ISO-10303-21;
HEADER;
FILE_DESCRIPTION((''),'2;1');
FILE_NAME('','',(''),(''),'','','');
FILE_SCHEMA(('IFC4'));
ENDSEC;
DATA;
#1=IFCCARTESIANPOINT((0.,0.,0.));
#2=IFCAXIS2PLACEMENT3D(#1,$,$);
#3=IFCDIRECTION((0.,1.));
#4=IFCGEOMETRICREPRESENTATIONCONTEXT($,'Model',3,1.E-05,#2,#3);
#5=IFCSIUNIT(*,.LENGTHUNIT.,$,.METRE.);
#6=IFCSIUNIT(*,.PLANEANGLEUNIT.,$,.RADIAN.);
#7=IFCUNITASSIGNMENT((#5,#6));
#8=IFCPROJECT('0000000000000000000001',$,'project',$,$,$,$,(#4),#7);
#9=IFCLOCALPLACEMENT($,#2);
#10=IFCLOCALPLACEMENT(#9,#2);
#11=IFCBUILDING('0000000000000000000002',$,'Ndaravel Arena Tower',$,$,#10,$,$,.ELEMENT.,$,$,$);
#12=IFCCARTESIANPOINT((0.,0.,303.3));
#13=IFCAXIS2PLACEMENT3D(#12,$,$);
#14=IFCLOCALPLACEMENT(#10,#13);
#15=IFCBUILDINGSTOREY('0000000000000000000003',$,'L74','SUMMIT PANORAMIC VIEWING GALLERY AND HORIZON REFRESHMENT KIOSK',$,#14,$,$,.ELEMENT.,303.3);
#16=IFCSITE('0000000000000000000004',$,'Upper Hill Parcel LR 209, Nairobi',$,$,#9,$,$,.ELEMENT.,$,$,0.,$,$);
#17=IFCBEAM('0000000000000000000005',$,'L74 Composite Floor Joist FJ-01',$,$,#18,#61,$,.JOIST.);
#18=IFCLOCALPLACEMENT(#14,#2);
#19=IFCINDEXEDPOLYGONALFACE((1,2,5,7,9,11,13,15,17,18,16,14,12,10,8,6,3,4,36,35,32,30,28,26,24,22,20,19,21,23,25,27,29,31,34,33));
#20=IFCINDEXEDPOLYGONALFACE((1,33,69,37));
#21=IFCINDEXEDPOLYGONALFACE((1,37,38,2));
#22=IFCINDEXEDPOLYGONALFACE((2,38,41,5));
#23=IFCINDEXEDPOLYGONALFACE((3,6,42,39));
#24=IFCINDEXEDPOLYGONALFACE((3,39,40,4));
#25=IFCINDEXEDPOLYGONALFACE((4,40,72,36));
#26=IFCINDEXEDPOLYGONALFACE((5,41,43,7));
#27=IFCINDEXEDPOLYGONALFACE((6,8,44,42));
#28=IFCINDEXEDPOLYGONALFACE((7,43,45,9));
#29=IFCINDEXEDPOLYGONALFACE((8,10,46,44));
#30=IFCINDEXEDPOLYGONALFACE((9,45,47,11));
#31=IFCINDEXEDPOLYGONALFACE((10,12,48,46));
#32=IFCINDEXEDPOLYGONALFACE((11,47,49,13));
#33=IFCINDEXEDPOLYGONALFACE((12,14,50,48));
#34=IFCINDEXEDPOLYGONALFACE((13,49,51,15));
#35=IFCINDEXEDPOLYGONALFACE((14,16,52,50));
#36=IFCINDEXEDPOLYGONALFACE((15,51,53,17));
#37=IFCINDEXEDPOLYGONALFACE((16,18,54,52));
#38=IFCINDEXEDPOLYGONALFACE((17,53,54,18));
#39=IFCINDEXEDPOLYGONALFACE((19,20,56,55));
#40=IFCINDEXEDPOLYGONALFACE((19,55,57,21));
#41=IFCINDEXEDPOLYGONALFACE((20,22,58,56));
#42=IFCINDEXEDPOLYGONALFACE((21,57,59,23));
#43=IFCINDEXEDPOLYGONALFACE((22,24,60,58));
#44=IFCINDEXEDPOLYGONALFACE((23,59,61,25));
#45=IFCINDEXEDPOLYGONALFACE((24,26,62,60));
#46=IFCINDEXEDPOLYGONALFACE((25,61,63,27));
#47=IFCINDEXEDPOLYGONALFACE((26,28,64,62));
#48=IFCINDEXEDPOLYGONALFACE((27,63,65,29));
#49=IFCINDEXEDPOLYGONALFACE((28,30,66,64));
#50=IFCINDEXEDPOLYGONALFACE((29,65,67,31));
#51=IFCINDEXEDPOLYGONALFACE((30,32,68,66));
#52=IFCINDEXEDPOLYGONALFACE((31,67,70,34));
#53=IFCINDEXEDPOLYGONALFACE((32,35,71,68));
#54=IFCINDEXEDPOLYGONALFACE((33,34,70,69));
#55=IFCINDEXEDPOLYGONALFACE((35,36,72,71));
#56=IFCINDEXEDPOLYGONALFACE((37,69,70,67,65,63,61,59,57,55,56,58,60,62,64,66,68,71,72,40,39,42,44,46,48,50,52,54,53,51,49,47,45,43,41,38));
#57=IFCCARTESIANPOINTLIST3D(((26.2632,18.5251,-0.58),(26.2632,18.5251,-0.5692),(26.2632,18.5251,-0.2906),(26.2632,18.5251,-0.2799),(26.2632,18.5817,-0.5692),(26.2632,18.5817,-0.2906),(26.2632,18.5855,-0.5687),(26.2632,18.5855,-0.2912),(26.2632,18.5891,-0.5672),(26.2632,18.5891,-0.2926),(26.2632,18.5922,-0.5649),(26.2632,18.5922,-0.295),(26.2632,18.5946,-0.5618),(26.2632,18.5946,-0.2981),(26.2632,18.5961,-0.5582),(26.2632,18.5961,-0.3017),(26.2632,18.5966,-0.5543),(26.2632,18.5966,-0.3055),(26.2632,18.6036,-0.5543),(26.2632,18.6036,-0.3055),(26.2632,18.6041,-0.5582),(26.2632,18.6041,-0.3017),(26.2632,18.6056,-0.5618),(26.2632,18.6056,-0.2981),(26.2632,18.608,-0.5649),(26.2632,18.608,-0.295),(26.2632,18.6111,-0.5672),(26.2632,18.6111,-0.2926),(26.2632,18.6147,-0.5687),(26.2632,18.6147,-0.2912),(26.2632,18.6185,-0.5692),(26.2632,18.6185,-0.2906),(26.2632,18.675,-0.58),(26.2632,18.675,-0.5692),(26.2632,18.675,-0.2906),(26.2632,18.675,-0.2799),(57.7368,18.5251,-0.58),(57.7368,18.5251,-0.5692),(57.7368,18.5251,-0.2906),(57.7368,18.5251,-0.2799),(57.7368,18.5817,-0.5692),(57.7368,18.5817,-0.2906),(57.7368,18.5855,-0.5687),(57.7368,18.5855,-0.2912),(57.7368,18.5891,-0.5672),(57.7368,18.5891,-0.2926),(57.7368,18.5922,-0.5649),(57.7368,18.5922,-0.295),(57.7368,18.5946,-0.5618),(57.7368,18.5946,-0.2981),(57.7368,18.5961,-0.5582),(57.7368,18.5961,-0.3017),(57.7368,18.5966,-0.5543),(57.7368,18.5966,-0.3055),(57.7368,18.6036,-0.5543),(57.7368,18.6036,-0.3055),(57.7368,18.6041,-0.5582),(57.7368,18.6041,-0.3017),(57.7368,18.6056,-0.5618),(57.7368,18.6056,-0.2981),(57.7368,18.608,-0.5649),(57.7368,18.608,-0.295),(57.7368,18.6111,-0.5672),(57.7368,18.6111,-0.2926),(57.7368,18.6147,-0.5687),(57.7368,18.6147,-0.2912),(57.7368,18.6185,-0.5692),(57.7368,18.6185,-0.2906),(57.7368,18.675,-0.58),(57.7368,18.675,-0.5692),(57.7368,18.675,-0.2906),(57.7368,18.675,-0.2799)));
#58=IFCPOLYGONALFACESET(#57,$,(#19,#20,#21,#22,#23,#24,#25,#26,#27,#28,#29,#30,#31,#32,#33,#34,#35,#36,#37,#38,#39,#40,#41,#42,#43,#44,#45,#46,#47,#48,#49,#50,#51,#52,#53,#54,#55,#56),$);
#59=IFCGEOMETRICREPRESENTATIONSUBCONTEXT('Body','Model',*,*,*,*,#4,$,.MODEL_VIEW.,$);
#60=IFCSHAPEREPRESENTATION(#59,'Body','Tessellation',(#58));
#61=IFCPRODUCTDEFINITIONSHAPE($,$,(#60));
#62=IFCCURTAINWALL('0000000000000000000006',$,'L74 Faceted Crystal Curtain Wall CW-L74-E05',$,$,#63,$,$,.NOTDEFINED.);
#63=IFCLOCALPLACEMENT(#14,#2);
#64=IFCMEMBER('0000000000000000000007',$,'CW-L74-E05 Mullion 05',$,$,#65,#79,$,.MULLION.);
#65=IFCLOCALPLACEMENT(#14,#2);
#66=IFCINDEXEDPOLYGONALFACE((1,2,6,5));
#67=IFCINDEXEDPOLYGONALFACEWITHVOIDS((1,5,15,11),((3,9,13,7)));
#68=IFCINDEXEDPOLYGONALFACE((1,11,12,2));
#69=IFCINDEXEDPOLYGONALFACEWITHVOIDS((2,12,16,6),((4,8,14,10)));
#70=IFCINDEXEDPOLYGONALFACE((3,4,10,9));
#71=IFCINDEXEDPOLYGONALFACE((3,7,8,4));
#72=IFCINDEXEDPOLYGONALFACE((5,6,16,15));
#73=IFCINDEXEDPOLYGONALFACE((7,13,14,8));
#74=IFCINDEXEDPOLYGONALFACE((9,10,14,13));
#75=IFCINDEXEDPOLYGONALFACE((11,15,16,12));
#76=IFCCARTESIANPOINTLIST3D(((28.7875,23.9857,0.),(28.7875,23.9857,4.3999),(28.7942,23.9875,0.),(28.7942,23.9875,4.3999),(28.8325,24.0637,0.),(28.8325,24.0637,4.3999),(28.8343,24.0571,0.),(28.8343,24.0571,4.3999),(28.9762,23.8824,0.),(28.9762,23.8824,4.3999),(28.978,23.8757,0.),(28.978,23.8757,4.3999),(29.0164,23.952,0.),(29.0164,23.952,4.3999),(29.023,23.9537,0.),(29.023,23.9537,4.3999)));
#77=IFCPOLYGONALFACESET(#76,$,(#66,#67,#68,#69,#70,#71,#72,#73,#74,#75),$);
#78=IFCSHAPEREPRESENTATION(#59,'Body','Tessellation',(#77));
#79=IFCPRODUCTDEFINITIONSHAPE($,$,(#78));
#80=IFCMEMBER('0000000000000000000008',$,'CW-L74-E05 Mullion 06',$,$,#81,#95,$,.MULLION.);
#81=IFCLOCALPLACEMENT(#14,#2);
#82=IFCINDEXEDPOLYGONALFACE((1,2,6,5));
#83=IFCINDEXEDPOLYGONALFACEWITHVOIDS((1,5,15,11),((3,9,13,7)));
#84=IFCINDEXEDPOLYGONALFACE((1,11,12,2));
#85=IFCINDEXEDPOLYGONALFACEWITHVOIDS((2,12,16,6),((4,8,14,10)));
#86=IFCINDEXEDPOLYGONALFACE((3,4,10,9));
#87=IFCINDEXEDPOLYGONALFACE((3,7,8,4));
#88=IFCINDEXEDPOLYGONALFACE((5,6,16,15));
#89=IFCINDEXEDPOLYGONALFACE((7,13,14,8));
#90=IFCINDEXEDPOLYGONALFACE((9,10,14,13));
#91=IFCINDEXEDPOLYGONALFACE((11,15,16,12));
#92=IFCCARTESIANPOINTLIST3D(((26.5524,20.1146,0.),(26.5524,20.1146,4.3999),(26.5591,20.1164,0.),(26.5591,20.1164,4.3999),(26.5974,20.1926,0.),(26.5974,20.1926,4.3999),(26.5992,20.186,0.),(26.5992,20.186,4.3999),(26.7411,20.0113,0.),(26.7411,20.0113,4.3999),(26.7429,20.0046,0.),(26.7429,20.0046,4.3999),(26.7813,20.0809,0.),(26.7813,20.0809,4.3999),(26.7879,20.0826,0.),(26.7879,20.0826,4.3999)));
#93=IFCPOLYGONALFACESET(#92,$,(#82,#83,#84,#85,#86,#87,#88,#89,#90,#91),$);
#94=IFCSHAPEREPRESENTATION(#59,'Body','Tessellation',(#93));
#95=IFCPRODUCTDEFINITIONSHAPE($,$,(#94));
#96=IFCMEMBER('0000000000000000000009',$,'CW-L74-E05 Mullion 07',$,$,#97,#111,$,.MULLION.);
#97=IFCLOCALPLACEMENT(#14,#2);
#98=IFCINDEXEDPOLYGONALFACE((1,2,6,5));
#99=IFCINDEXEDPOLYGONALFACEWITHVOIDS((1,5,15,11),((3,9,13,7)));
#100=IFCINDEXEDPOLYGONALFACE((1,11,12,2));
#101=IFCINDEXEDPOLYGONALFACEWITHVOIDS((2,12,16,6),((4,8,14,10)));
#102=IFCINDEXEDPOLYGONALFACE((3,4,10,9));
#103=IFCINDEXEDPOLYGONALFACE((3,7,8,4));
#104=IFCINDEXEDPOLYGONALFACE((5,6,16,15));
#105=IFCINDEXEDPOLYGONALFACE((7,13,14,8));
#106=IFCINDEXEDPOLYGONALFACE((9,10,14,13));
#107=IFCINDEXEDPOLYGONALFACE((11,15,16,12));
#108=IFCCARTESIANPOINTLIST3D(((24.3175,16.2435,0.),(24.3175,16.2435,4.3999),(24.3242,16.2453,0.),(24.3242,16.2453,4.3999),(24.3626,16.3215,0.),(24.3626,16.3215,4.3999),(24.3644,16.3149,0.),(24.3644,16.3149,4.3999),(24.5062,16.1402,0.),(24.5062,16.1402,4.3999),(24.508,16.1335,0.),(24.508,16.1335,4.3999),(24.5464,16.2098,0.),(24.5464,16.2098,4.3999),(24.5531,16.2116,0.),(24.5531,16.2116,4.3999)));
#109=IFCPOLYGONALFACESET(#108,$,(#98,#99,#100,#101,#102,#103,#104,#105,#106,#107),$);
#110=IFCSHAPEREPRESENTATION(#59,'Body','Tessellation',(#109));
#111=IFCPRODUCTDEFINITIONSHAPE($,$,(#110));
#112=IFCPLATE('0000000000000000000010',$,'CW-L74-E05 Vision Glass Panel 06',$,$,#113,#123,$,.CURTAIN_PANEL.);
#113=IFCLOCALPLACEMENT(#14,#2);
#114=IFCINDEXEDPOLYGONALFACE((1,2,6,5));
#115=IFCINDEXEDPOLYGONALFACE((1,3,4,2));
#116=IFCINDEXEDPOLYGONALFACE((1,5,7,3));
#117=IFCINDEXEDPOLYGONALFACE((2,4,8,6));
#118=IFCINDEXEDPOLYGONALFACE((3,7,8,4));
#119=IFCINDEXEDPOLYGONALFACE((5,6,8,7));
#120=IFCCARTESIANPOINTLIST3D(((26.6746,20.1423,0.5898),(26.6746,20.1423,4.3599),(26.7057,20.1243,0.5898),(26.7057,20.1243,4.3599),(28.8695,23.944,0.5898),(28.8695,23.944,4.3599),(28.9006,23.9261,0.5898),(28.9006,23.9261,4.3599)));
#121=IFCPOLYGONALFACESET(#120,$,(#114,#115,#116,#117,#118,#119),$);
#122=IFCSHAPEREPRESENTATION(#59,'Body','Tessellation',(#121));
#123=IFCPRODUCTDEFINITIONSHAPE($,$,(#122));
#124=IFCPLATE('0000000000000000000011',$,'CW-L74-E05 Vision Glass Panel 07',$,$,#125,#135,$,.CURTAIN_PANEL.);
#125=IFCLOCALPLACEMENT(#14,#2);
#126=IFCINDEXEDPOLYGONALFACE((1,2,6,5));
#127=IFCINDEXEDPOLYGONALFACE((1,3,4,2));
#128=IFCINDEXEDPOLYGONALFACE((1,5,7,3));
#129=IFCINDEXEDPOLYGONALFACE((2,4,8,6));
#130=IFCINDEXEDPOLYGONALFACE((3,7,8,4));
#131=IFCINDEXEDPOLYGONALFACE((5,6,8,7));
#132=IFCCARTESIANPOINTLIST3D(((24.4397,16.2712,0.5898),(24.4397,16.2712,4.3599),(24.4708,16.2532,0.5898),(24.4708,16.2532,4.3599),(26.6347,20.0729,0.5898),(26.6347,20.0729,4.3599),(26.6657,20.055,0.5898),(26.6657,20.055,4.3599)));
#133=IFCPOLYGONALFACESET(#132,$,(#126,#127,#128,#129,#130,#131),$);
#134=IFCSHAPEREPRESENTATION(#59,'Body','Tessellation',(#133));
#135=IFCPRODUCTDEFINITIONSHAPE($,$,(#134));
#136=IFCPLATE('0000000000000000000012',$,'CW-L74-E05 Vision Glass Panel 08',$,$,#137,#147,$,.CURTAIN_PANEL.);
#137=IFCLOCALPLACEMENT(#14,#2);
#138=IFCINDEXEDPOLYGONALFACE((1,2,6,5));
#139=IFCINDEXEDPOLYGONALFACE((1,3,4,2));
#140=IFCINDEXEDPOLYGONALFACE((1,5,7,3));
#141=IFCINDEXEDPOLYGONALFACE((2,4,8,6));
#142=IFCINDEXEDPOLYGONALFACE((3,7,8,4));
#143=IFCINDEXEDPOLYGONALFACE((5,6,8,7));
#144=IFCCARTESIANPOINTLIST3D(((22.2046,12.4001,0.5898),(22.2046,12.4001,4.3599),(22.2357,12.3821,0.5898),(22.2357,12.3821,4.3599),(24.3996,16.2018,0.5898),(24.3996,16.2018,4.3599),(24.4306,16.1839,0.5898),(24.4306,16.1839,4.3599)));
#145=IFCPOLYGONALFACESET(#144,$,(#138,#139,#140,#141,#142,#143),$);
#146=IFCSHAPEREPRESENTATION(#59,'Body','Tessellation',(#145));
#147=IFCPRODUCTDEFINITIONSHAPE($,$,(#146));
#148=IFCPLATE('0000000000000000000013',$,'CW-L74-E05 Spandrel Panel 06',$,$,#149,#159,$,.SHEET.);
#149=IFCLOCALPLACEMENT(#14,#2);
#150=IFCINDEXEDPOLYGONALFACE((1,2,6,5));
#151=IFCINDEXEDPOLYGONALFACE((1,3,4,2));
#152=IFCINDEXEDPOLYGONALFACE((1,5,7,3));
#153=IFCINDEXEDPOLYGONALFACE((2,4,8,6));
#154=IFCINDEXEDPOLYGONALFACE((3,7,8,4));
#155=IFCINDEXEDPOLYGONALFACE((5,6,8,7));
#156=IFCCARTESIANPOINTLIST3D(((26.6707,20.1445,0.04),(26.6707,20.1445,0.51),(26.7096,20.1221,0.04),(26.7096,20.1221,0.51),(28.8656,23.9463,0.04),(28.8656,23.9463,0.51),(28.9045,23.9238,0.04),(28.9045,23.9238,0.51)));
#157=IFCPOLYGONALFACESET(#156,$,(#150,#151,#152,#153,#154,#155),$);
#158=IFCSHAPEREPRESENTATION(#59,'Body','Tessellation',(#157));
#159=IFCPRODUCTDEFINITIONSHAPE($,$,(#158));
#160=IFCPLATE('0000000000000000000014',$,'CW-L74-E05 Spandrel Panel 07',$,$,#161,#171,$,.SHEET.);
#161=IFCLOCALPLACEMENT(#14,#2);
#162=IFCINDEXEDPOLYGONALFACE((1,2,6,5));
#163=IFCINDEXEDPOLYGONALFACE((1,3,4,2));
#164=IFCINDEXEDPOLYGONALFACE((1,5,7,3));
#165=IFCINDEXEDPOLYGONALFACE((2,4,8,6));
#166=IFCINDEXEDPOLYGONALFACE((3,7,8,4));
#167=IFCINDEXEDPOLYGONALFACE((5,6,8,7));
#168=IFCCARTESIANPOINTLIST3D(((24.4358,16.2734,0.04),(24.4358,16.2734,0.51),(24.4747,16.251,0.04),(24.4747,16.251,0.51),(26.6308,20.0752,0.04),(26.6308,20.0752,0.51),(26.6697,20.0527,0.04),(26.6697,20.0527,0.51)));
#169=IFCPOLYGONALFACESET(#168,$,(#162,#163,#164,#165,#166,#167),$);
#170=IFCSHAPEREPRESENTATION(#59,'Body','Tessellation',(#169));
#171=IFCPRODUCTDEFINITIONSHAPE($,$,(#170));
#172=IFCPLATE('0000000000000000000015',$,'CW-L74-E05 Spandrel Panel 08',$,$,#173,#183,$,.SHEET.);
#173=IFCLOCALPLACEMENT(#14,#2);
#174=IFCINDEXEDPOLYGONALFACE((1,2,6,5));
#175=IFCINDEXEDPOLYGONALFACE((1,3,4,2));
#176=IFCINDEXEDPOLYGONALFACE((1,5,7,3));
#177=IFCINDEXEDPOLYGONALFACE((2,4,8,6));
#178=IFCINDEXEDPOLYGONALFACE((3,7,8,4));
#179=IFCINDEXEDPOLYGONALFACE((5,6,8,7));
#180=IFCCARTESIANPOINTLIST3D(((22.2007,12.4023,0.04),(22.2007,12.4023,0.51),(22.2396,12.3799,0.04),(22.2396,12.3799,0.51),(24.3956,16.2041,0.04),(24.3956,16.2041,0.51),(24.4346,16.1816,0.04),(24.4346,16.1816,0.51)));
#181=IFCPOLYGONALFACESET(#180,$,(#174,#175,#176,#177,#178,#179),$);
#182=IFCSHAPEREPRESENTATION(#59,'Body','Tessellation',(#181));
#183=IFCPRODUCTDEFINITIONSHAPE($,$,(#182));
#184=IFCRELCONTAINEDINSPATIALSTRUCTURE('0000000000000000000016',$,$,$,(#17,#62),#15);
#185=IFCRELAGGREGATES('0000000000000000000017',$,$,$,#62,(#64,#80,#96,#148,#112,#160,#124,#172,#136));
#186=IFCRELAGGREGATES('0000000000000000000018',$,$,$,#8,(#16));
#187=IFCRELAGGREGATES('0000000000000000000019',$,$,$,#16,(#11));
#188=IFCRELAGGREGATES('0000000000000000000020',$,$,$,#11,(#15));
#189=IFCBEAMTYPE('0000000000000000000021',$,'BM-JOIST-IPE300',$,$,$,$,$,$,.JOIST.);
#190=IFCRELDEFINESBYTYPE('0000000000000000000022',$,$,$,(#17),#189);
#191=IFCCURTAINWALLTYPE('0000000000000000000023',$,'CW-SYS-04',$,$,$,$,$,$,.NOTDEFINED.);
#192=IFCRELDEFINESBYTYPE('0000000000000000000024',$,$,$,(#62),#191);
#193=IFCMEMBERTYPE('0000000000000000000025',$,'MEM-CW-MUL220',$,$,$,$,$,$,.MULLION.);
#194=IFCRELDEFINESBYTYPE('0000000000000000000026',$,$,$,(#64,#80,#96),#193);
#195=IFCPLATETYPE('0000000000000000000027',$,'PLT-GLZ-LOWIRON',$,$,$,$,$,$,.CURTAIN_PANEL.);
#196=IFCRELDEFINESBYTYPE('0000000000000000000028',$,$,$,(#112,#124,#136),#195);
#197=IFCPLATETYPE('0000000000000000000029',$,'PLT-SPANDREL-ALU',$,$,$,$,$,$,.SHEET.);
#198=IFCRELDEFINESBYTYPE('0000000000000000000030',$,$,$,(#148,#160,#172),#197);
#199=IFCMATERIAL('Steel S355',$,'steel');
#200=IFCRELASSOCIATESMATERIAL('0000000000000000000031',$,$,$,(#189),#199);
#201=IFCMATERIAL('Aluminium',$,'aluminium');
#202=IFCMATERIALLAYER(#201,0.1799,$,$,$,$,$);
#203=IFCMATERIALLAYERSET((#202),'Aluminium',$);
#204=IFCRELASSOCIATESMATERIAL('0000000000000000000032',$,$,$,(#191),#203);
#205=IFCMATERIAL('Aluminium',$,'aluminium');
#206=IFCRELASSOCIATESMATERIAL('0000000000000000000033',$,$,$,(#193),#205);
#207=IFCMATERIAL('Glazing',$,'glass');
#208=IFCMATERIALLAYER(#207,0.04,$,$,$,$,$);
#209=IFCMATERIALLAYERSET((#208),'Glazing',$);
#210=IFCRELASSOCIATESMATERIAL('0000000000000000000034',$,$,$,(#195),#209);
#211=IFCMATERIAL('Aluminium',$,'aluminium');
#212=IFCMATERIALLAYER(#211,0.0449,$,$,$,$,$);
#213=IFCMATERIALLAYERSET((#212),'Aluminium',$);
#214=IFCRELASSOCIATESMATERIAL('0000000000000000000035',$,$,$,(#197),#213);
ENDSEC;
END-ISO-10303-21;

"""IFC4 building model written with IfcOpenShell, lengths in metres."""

from ifc_helpers import new_model, si_unit, direction, frame, origin, origin_2d, place, context, subcontext, project, spatial, rectangle, hollow_rectangle, i_section, extrude, material, layer, layer_set, material_profile, profile_set, type_object, element, aggregate, save


model = new_model("IFC4")

# Units and contexts
model_context = context("Model", 3, precision=1e-05, world=origin(), true_north=direction((0.0, 1.0)))
body_context = subcontext(model_context, "Body", "Model", "MODEL_VIEW")
ifc_project = project(units=[si_unit("LENGTHUNIT", "METRE"), si_unit("PLANEANGLEUNIT", "RADIAN")], contexts=[model_context])

# Site, building, storey
site_placement = place(None, origin())
site = spatial("IfcSite", under=ifc_project, at=site_placement, Name="Upper Hill Parcel LR 209, Nairobi", CompositionType="ELEMENT", RefElevation=0.0)
building_placement = place(site_placement, origin())
building = spatial("IfcBuilding", under=site, at=building_placement, Name="Ndaravel Arena Tower", CompositionType="ELEMENT")
storey_placement = place(building_placement, frame((0.0, 0.0, 303.3)))
storey = spatial("IfcBuildingStorey", under=building, at=storey_placement, Name="L74", Description="SUMMIT PANORAMIC VIEWING GALLERY AND HORIZON REFRESHMENT KIOSK", CompositionType="ELEMENT", Elevation=303.3)

# Beam
ifc_material_1 = material(Name="Steel S355", Category="steel")
ifc_material_profile_1 = material_profile(ifc_material_1, i_section(OverallWidth=0.1499, OverallDepth=0.3, WebThickness=0.0071, FlangeThickness=0.0107, FilletRadius=0.0149, at=origin_2d()), Name="IPE 300")
ifc_profile_set_1 = profile_set([ifc_material_profile_1], Name="Steel S355")
beam_type = type_object("IfcBeamType", Name="BM-JOIST-IPE300", PredefinedType="JOIST", material=ifc_profile_set_1)
beam_placement = place(storey_placement, frame((26.2632, 18.6001, -0.4299), z_axis=(1.0, 0.0, 0.0), x_axis=(0.0, 1.0, 0.0)))
element("IfcBeam", 1, at=beam_placement, inside=storey, type_object=beam_type, Name="L74 Composite Floor Joist FJ-01", PredefinedType="JOIST", context=body_context, shape_type="SweptSolid", body=[
    extrude(i_section(OverallWidth=0.1499, OverallDepth=0.3, WebThickness=0.0071, FlangeThickness=0.0107, FilletRadius=0.0149, at=origin_2d()), origin(), (0.0, 0.0, 1.0), 31.4736),
])

# Curtain wall, members, plates
ifc_material_2 = material(Name="Aluminium", Category="aluminium")
ifc_layer_1 = layer(ifc_material_2, 0.1799)
ifc_layer_set_1 = layer_set([ifc_layer_1], Name="Aluminium")
curtain_wall_type = type_object("IfcCurtainWallType", Name="CW-SYS-04", PredefinedType="NOTDEFINED", material=ifc_layer_set_1)
curtain_wall_placement = place(storey_placement, origin())
curtain_wall = element("IfcCurtainWall", 2, at=curtain_wall_placement, inside=storey, type_object=curtain_wall_type, Name="L74 Faceted Crystal Curtain Wall CW-L74-E05", PredefinedType="NOTDEFINED")
ifc_material_3 = material(Name="Aluminium", Category="aluminium")
ifc_material_profile_2 = material_profile(ifc_material_3, hollow_rectangle(XDim=0.0901, YDim=0.22, WallThickness=0.0049, at=origin_2d()), Name="CW MULLION 90x220x5")
ifc_profile_set_2 = profile_set([ifc_material_profile_2], Name="Aluminium")
member_type = type_object("IfcMemberType", Name="MEM-CW-MUL220", PredefinedType="MULLION", material=ifc_profile_set_2)
member_1_placement = place(storey_placement, frame((28.9053, 23.9697, 0.0), z_axis=(0.0, 0.0, 1.0), x_axis=(-0.5, -0.866025, 0.0)))
member_1 = element("IfcMember", 3, at=member_1_placement, type_object=member_type, Name="CW-L74-E05 Mullion 05", PredefinedType="MULLION", context=body_context, shape_type="SweptSolid", body=[
    extrude(hollow_rectangle(XDim=0.0901, YDim=0.22, WallThickness=0.0049, at=origin_2d()), origin(), (0.0, 0.0, 1.0), 4.3999),
])
member_2_placement = place(storey_placement, frame((26.6702, 20.0986, 0.0), z_axis=(0.0, 0.0, 1.0), x_axis=(-0.5, -0.866025, 0.0)))
member_2 = element("IfcMember", 4, at=member_2_placement, type_object=member_type, Name="CW-L74-E05 Mullion 06", PredefinedType="MULLION", context=body_context, shape_type="SweptSolid", body=[
    extrude(hollow_rectangle(XDim=0.0901, YDim=0.22, WallThickness=0.0049, at=origin_2d()), origin(), (0.0, 0.0, 1.0), 4.3999),
])
member_3_placement = place(storey_placement, frame((24.4353, 16.2275, 0.0), z_axis=(0.0, 0.0, 1.0), x_axis=(-0.5, -0.866025, 0.0)))
member_3 = element("IfcMember", 5, at=member_3_placement, type_object=member_type, Name="CW-L74-E05 Mullion 07", PredefinedType="MULLION", context=body_context, shape_type="SweptSolid", body=[
    extrude(hollow_rectangle(XDim=0.0901, YDim=0.22, WallThickness=0.0049, at=origin_2d()), origin(), (0.0, 0.0, 1.0), 4.3999),
])
ifc_material_4 = material(Name="Glazing", Category="glass")
ifc_layer_2 = layer(ifc_material_4, 0.04)
ifc_layer_set_2 = layer_set([ifc_layer_2], Name="Glazing")
plate_type_1 = type_object("IfcPlateType", Name="PLT-GLZ-LOWIRON", PredefinedType="CURTAIN_PANEL", material=ifc_layer_set_2)
plate_1_placement = place(storey_placement, frame((27.7876, 22.0342, 0.5898), z_axis=(0.0, 0.0, 1.0), x_axis=(-0.5, -0.866025, 0.0)))
plate_1 = element("IfcPlate", 6, at=plate_1_placement, type_object=plate_type_1, Name="CW-L74-E05 Vision Glass Panel 06", PredefinedType="CURTAIN_PANEL", context=body_context, shape_type="SweptSolid", body=[
    extrude(rectangle(XDim=4.3899, YDim=0.0359, at=origin_2d()), origin(), (0.0, 0.0, 1.0), 3.77),
])
plate_2_placement = place(storey_placement, frame((25.5527, 18.1631, 0.5898), z_axis=(0.0, 0.0, 1.0), x_axis=(-0.5, -0.866025, 0.0)))
plate_2 = element("IfcPlate", 7, at=plate_2_placement, type_object=plate_type_1, Name="CW-L74-E05 Vision Glass Panel 07", PredefinedType="CURTAIN_PANEL", context=body_context, shape_type="SweptSolid", body=[
    extrude(rectangle(XDim=4.3899, YDim=0.0359, at=origin_2d()), origin(), (0.0, 0.0, 1.0), 3.77),
])
plate_3_placement = place(storey_placement, frame((23.3176, 14.292, 0.5898), z_axis=(0.0, 0.0, 1.0), x_axis=(-0.5, -0.866025, 0.0)))
plate_3 = element("IfcPlate", 8, at=plate_3_placement, type_object=plate_type_1, Name="CW-L74-E05 Vision Glass Panel 08", PredefinedType="CURTAIN_PANEL", context=body_context, shape_type="SweptSolid", body=[
    extrude(rectangle(XDim=4.3899, YDim=0.0359, at=origin_2d()), origin(), (0.0, 0.0, 1.0), 3.77),
])
ifc_material_5 = material(Name="Aluminium", Category="aluminium")
ifc_layer_3 = layer(ifc_material_5, 0.0449)
ifc_layer_set_3 = layer_set([ifc_layer_3], Name="Aluminium")
plate_type_2 = type_object("IfcPlateType", Name="PLT-SPANDREL-ALU", PredefinedType="SHEET", material=ifc_layer_set_3)
plate_4_placement = place(storey_placement, frame((27.7876, 22.0342, 0.04), z_axis=(0.0, 0.0, 1.0), x_axis=(-0.5, -0.866025, 0.0)))
plate_4 = element("IfcPlate", 9, at=plate_4_placement, type_object=plate_type_2, Name="CW-L74-E05 Spandrel Panel 06", PredefinedType="SHEET", context=body_context, shape_type="SweptSolid", body=[
    extrude(rectangle(XDim=4.3899, YDim=0.0449, at=origin_2d()), origin(), (0.0, 0.0, 1.0), 0.47),
])
plate_5_placement = place(storey_placement, frame((25.5527, 18.1631, 0.04), z_axis=(0.0, 0.0, 1.0), x_axis=(-0.5, -0.866025, 0.0)))
plate_5 = element("IfcPlate", 10, at=plate_5_placement, type_object=plate_type_2, Name="CW-L74-E05 Spandrel Panel 07", PredefinedType="SHEET", context=body_context, shape_type="SweptSolid", body=[
    extrude(rectangle(XDim=4.3899, YDim=0.0449, at=origin_2d()), origin(), (0.0, 0.0, 1.0), 0.47),
])
plate_6_placement = place(storey_placement, frame((23.3176, 14.292, 0.04), z_axis=(0.0, 0.0, 1.0), x_axis=(-0.5, -0.866025, 0.0)))
plate_6 = element("IfcPlate", 11, at=plate_6_placement, type_object=plate_type_2, Name="CW-L74-E05 Spandrel Panel 08", PredefinedType="SHEET", context=body_context, shape_type="SweptSolid", body=[
    extrude(rectangle(XDim=4.3899, YDim=0.0449, at=origin_2d()), origin(), (0.0, 0.0, 1.0), 0.47),
])
aggregate(curtain_wall, [member_1, member_2, member_3, plate_4, plate_1, plate_5, plate_2, plate_6, plate_3])

save(model, "model.ifc")
